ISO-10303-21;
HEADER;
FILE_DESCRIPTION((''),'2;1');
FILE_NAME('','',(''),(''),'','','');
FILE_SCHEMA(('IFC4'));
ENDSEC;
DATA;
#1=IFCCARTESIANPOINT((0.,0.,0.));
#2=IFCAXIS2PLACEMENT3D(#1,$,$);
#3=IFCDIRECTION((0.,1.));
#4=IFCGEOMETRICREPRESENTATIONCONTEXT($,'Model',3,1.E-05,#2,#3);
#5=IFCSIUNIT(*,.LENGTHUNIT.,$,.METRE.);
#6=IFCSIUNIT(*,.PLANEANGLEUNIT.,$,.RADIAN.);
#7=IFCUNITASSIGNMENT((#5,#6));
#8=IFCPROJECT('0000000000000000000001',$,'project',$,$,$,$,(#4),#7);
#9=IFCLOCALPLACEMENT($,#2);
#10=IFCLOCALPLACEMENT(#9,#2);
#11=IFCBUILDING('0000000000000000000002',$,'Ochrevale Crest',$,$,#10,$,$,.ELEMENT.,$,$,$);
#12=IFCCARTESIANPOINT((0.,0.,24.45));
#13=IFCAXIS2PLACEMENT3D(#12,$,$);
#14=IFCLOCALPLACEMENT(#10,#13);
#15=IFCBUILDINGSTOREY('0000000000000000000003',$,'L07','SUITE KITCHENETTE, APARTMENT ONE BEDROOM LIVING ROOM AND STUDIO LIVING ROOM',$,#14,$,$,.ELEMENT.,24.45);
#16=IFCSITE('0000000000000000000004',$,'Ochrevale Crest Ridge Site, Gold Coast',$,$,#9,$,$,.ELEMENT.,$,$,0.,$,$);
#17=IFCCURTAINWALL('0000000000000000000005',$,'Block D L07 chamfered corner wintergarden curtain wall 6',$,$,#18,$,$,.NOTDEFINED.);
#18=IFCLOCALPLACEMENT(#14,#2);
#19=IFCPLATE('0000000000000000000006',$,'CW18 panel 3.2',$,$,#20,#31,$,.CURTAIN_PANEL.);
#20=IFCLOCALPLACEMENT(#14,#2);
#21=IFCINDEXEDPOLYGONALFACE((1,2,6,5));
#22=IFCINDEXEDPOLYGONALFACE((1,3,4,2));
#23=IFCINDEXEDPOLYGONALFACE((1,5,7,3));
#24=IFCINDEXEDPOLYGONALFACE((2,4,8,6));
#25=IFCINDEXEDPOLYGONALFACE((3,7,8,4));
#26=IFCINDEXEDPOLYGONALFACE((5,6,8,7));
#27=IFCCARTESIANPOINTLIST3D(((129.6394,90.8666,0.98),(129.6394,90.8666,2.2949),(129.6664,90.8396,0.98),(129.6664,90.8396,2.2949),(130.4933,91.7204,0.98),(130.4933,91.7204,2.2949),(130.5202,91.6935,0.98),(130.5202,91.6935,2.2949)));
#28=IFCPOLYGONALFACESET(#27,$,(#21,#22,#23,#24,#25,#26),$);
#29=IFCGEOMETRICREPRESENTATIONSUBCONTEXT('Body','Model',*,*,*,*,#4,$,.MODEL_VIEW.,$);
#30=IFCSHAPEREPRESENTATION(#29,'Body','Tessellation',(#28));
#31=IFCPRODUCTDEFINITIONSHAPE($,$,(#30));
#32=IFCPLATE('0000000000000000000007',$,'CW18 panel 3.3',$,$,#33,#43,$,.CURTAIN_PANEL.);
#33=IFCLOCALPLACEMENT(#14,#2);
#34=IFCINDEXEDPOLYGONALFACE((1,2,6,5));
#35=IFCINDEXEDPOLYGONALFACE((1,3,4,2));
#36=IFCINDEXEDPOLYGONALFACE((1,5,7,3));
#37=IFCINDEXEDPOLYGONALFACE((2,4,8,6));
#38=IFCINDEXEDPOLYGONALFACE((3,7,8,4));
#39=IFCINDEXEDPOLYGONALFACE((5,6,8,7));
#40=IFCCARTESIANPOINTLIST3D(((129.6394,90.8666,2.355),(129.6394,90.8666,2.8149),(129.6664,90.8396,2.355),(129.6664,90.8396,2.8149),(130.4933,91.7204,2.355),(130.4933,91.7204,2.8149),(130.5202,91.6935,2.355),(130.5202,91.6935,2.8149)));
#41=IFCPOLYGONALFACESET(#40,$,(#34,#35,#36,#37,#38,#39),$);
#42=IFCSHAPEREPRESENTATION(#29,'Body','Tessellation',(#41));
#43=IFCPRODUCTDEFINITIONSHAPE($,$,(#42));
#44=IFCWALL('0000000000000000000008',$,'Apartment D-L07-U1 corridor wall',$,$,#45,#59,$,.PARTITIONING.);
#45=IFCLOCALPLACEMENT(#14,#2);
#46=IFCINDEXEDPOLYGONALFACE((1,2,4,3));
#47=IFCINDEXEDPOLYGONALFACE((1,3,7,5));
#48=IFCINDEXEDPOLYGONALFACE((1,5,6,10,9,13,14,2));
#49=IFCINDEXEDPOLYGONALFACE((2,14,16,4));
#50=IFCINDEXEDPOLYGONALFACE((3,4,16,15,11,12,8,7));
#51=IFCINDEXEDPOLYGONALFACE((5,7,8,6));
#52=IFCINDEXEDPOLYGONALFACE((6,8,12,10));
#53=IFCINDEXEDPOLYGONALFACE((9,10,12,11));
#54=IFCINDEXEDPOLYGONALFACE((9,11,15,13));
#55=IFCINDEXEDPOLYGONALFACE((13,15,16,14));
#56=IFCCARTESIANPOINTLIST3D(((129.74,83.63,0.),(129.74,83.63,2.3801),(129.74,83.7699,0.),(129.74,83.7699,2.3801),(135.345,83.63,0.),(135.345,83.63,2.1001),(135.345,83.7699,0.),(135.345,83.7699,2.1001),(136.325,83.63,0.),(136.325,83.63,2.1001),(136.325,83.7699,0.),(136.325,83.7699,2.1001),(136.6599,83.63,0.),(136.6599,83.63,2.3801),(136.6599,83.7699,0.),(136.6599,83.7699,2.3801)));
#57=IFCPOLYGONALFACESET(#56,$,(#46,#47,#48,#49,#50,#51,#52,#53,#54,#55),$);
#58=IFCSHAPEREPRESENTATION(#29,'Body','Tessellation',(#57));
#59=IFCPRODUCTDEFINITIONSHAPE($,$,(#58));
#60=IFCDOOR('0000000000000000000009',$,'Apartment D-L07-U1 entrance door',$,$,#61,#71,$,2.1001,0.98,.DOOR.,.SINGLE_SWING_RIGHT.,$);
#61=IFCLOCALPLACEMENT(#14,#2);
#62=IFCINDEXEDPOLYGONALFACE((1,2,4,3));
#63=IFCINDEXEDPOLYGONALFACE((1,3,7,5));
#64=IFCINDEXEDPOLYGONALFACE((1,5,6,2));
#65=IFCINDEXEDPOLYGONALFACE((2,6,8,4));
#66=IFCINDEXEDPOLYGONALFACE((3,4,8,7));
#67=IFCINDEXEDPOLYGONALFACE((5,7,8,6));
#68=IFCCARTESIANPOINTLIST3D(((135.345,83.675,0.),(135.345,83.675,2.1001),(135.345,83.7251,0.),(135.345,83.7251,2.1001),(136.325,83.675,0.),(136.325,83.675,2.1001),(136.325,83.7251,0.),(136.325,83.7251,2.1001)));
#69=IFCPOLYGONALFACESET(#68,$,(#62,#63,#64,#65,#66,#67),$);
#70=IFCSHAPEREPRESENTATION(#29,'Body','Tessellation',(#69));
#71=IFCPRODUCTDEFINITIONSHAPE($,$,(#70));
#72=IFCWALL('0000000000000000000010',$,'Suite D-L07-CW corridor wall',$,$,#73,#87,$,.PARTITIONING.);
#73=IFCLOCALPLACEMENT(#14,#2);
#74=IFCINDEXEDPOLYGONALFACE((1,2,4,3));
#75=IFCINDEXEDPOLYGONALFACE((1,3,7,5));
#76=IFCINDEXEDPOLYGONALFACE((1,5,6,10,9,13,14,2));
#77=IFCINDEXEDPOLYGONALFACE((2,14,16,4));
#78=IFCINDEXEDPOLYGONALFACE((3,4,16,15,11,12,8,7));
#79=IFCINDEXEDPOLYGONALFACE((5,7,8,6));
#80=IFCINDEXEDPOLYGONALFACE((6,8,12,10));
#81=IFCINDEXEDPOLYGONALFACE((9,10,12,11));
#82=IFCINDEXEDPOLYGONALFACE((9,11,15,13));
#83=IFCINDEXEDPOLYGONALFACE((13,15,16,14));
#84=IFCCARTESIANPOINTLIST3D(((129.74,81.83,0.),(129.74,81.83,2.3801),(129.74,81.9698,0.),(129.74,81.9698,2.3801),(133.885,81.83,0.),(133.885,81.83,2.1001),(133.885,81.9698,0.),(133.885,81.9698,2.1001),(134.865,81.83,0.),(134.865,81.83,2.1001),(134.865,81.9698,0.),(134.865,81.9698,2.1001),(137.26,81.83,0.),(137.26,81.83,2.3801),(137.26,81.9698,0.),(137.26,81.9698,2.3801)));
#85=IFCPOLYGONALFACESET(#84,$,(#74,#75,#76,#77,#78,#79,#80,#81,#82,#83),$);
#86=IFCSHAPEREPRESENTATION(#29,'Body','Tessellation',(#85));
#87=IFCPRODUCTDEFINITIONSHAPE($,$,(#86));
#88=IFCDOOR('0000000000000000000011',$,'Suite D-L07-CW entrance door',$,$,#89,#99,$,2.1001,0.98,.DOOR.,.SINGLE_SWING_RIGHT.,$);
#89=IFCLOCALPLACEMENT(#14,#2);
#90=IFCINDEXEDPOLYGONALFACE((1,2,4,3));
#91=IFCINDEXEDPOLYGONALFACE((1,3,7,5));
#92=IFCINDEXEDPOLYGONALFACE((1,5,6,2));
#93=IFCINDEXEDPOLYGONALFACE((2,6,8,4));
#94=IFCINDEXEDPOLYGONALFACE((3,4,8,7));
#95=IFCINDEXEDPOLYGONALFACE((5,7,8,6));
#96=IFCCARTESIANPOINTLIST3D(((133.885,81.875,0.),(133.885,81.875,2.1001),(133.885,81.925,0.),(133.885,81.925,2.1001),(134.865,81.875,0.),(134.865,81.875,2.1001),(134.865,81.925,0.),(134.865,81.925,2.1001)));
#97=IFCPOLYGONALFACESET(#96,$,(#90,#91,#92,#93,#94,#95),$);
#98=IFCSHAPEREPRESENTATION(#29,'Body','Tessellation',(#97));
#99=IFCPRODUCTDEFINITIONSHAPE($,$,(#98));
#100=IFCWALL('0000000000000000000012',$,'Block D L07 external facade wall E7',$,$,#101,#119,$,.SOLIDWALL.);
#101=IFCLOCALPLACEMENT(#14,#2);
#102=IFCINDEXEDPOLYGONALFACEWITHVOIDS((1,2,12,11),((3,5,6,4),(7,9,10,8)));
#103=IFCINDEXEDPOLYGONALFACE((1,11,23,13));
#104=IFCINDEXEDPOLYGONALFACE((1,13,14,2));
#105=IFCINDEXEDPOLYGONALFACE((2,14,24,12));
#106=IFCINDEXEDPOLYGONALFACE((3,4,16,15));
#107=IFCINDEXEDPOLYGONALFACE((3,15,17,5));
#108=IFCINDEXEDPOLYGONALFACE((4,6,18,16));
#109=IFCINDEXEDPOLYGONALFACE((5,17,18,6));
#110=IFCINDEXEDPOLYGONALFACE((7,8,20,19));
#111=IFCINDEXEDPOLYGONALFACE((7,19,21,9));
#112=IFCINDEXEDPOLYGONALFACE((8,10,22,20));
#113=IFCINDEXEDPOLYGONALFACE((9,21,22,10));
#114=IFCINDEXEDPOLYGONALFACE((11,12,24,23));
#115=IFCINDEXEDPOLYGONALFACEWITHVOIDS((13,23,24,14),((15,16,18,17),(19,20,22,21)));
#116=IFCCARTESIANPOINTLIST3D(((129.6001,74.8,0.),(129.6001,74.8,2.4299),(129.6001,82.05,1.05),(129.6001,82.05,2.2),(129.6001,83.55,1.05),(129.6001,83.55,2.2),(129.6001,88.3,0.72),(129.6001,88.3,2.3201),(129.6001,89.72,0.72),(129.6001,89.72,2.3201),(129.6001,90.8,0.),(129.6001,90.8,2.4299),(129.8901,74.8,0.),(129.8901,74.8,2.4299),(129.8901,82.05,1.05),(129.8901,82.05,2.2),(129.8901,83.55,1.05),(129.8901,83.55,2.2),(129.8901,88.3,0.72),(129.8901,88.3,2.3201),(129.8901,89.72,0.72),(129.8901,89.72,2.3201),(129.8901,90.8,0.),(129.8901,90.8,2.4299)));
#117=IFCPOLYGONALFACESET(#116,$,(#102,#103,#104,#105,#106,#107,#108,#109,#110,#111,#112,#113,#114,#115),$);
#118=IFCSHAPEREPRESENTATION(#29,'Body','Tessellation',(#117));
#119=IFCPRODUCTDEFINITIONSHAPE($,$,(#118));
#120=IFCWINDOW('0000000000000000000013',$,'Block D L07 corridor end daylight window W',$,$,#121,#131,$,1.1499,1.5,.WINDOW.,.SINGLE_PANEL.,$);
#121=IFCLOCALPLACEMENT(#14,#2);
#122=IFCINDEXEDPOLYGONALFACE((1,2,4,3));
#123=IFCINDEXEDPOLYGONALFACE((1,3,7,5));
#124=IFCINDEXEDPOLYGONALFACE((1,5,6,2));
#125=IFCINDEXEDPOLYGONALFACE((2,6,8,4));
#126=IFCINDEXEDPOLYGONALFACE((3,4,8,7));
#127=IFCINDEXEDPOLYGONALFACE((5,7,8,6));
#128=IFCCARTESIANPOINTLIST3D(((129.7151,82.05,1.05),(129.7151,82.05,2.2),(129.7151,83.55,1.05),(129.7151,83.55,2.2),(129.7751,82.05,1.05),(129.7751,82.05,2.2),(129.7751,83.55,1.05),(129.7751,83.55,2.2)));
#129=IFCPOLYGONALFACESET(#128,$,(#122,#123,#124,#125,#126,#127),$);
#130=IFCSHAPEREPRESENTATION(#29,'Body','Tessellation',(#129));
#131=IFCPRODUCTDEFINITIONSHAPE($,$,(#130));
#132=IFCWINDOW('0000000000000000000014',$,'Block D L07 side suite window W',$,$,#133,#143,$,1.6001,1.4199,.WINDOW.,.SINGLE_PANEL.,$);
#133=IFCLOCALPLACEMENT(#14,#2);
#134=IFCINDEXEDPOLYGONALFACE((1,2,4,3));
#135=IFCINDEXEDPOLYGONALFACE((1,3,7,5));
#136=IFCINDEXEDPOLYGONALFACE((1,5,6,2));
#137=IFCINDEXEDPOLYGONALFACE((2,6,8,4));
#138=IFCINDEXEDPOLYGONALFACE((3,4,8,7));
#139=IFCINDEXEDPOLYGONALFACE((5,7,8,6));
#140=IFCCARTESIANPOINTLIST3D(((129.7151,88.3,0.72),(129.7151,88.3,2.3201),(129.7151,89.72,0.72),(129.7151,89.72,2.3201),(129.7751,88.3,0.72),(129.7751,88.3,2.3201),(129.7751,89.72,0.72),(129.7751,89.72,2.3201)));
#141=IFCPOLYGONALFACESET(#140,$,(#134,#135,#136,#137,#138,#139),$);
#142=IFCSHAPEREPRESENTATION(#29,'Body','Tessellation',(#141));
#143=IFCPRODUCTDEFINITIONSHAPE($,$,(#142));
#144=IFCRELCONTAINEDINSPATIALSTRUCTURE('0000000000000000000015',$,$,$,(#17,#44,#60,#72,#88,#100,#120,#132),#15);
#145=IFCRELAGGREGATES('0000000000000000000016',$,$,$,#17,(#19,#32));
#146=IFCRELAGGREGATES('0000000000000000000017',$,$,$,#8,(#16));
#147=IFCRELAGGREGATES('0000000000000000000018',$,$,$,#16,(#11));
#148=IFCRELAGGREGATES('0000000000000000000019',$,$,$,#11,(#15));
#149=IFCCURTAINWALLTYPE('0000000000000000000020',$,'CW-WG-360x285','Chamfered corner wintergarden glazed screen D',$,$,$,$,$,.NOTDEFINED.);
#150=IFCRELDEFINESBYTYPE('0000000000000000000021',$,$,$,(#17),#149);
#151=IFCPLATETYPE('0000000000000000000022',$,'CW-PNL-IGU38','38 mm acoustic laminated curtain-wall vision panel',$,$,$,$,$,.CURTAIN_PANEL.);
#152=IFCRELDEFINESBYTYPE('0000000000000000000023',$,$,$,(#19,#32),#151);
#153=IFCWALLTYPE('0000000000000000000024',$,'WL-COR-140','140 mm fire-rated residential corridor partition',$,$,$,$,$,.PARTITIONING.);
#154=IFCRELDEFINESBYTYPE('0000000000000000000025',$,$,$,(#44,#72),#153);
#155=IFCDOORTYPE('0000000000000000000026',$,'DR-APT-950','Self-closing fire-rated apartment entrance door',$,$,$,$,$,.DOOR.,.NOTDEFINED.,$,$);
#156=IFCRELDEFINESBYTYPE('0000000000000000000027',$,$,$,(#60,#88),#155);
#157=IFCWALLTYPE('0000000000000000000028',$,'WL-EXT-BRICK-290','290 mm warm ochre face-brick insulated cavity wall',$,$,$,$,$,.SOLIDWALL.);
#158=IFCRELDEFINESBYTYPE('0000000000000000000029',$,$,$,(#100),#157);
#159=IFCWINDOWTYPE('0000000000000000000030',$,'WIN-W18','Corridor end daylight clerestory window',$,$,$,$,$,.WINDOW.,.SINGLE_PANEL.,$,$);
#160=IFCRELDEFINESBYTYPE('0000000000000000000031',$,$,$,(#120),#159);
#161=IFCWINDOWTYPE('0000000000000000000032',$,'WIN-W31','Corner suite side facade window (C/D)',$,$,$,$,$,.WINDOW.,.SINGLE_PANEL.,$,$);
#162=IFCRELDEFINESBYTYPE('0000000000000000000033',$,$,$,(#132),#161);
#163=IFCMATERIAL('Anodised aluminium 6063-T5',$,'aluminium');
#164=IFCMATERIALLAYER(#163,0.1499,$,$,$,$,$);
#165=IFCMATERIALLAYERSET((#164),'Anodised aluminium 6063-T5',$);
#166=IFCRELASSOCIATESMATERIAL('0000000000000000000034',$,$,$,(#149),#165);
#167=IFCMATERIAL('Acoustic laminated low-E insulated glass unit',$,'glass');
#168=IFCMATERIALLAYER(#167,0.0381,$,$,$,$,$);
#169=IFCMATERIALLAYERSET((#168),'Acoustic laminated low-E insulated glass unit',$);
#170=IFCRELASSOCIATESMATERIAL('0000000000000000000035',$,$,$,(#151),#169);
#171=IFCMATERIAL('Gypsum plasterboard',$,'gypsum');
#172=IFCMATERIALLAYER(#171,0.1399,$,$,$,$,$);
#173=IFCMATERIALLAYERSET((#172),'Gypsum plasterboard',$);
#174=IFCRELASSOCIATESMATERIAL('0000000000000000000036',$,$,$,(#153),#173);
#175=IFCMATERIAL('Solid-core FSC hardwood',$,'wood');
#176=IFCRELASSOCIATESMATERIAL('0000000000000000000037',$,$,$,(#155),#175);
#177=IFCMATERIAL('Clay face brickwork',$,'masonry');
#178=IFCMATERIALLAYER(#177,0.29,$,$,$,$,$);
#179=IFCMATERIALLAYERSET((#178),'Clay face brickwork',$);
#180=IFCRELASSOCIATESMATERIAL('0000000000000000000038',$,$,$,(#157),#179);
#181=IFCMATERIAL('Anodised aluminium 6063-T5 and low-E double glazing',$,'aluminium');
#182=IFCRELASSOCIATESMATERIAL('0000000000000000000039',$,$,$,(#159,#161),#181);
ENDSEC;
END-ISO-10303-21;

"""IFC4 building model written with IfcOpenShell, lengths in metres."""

from ifc_helpers import new_model, si_unit, direction, frame, frame_2d, origin, origin_2d, place, context, subcontext, project, spatial, rectangle, extrude, material, layer, layer_set, type_object, element, fill, aggregate, save


model = new_model("IFC4")

# Units and contexts
model_context = context("Model", 3, precision=1e-05, world=origin(), true_north=direction((0.0, 1.0)))
body_context = subcontext(model_context, "Body", "Model", "MODEL_VIEW")
ifc_project = project(units=[si_unit("LENGTHUNIT", "METRE"), si_unit("PLANEANGLEUNIT", "RADIAN")], contexts=[model_context])

# Site, building, storey
site_placement = place(None, origin())
site = spatial("IfcSite", under=ifc_project, at=site_placement, Name="Ochrevale Crest Ridge Site, Gold Coast", CompositionType="ELEMENT", RefElevation=0.0)
building_placement = place(site_placement, origin())
building = spatial("IfcBuilding", under=site, at=building_placement, Name="Ochrevale Crest", CompositionType="ELEMENT")
storey_placement = place(building_placement, frame((0.0, 0.0, 24.45)))
storey = spatial("IfcBuildingStorey", under=building, at=storey_placement, Name="L07", Description="SUITE KITCHENETTE, APARTMENT ONE BEDROOM LIVING ROOM AND STUDIO LIVING ROOM", CompositionType="ELEMENT", Elevation=24.45)

# Curtain wall
ifc_material_1 = material(Name="Anodised aluminium 6063-T5", Category="aluminium")
ifc_layer_1 = layer(ifc_material_1, 0.1499)
ifc_layer_set_1 = layer_set([ifc_layer_1], Name="Anodised aluminium 6063-T5")
curtain_wall_type_1 = type_object("IfcCurtainWallType", Name="CW-WG-360x285", Description="Chamfered corner wintergarden glazed screen D", PredefinedType="NOTDEFINED", material=ifc_layer_set_1)
curtain_wall_1_placement = place(storey_placement, origin())
curtain_wall_1 = element("IfcCurtainWall", 1, at=curtain_wall_1_placement, inside=storey, type_object=curtain_wall_type_1, Name="Block D L07 chamfered corner wintergarden curtain wall 6", PredefinedType="NOTDEFINED")

# Plates
ifc_material_2 = material(Name="Acoustic laminated low-E insulated glass unit", Category="glass")
ifc_layer_2 = layer(ifc_material_2, 0.0381)
ifc_layer_set_2 = layer_set([ifc_layer_2], Name="Acoustic laminated low-E insulated glass unit")
plate_type_1 = type_object("IfcPlateType", Name="CW-PNL-IGU38", Description="38 mm acoustic laminated curtain-wall vision panel", PredefinedType="CURTAIN_PANEL", material=ifc_layer_set_2)
plate_1_placement = place(storey_placement, frame((130.0798, 91.28, 0.98), z_axis=(0.0, 0.0, 1.0), x_axis=(-0.707107, -0.707107, 0.0)))
plate_1 = element("IfcPlate", 2, at=plate_1_placement, type_object=plate_type_1, Name="CW18 panel 3.2", PredefinedType="CURTAIN_PANEL", context=body_context, shape_type="SweptSolid", body=[
    extrude(rectangle(XDim=1.2075, YDim=0.0381, at=origin_2d()), origin(), (0.0, 0.0, 1.0), 1.3149),
])
plate_2_placement = place(storey_placement, frame((130.0798, 91.28, 2.355), z_axis=(0.0, 0.0, 1.0), x_axis=(-0.707107, -0.707107, 0.0)))
plate_2 = element("IfcPlate", 3, at=plate_2_placement, type_object=plate_type_1, Name="CW18 panel 3.3", PredefinedType="CURTAIN_PANEL", context=body_context, shape_type="SweptSolid", body=[
    extrude(rectangle(XDim=1.2075, YDim=0.0381, at=origin_2d()), origin(), (0.0, 0.0, 1.0), 0.46),
])
aggregate(curtain_wall_1, [plate_1, plate_2])

# Walls, openings, doors
ifc_material_3 = material(Name="Gypsum plasterboard", Category="gypsum")
ifc_layer_3 = layer(ifc_material_3, 0.1399)
ifc_layer_set_3 = layer_set([ifc_layer_3], Name="Gypsum plasterboard")
wall_type_1 = type_object("IfcWallType", Name="WL-COR-140", Description="140 mm fire-rated residential corridor partition", PredefinedType="PARTITIONING", material=ifc_layer_set_3)
wall_1_placement = place(storey_placement, frame((129.74, 83.7, 0.0), z_axis=(0.0, 0.0, 1.0), x_axis=(1.0, 0.0, 0.0)))
wall_1 = element("IfcWall", 4, at=wall_1_placement, inside=storey, type_object=wall_type_1, Name="Apartment D-L07-U1 corridor wall", PredefinedType="PARTITIONING", context=body_context, shape_type="SweptSolid", body=[
    extrude(rectangle(XDim=6.9199, YDim=0.1399, at=frame_2d((3.46, 0.0))), origin(), (0.0, 0.0, 1.0), 2.3801),
])
opening_1_placement = place(wall_1_placement, frame((6.585, 0.0, 0.0), z_axis=(0.0, 0.0, 1.0), x_axis=(-1.0, 0.0, 0.0)))
opening_1 = element("IfcOpeningElement", 5, at=opening_1_placement, cuts=wall_1, PredefinedType="OPENING", context=body_context, shape_type="SweptSolid", body=[
    extrude(rectangle(XDim=0.98, YDim=2.1001, at=frame_2d((0.49, 1.05))), frame((0.0, 0.0801, 0.0), z_axis=(0.0, -1.0, 0.0), x_axis=(1.0, 0.0, 0.0)), (0.0, 0.0, 1.0), 0.1599),
])
ifc_material_4 = material(Name="Solid-core FSC hardwood", Category="wood")
door_type_1 = type_object("IfcDoorType", Name="DR-APT-950", Description="Self-closing fire-rated apartment entrance door", OperationType="NOTDEFINED", PredefinedType="DOOR", material=ifc_material_4)
door_1_placement = place(opening_1_placement, origin())
door_1 = element("IfcDoor", 6, at=door_1_placement, inside=storey, type_object=door_type_1, Name="Apartment D-L07-U1 entrance door", OperationType="SINGLE_SWING_RIGHT", OverallHeight=2.1001, OverallWidth=0.98, PredefinedType="DOOR", context=body_context, shape_type="SweptSolid", body=[
    extrude(rectangle(XDim=0.98, YDim=2.1001, at=frame_2d((0.49, 1.05))), frame((0.0, 0.0249, 0.0), z_axis=(0.0, -1.0, 0.0), x_axis=(1.0, 0.0, 0.0)), (0.0, 0.0, 1.0), 0.05),
])
fill(opening_1, door_1)
wall_2_placement = place(storey_placement, frame((129.74, 81.8999, 0.0), z_axis=(0.0, 0.0, 1.0), x_axis=(1.0, 0.0, 0.0)))
wall_2 = element("IfcWall", 7, at=wall_2_placement, inside=storey, type_object=wall_type_1, Name="Suite D-L07-CW corridor wall", PredefinedType="PARTITIONING", context=body_context, shape_type="SweptSolid", body=[
    extrude(rectangle(XDim=7.52, YDim=0.1399, at=frame_2d((3.76, 0.0))), origin(), (0.0, 0.0, 1.0), 2.3801),
])
opening_2_placement = place(wall_2_placement, frame((5.125, 0.0, 0.0), z_axis=(0.0, 0.0, 1.0), x_axis=(-1.0, 0.0, 0.0)))
opening_2 = element("IfcOpeningElement", 8, at=opening_2_placement, cuts=wall_2, PredefinedType="OPENING", context=body_context, shape_type="SweptSolid", body=[
    extrude(rectangle(XDim=0.98, YDim=2.1001, at=frame_2d((0.49, 1.05))), frame((0.0, 0.0801, 0.0), z_axis=(0.0, -1.0, 0.0), x_axis=(1.0, 0.0, 0.0)), (0.0, 0.0, 1.0), 0.1599),
])
door_2_placement = place(opening_2_placement, origin())
door_2 = element("IfcDoor", 9, at=door_2_placement, inside=storey, type_object=door_type_1, Name="Suite D-L07-CW entrance door", OperationType="SINGLE_SWING_RIGHT", OverallHeight=2.1001, OverallWidth=0.98, PredefinedType="DOOR", context=body_context, shape_type="SweptSolid", body=[
    extrude(rectangle(XDim=0.98, YDim=2.1001, at=frame_2d((0.49, 1.05))), frame((0.0, 0.0249, 0.0), z_axis=(0.0, -1.0, 0.0), x_axis=(1.0, 0.0, 0.0)), (0.0, 0.0, 1.0), 0.05),
])
fill(opening_2, door_2)

# Wall, openings, windows
ifc_material_5 = material(Name="Clay face brickwork", Category="masonry")
ifc_layer_4 = layer(ifc_material_5, 0.29)
ifc_layer_set_4 = layer_set([ifc_layer_4], Name="Clay face brickwork")
wall_type_2 = type_object("IfcWallType", Name="WL-EXT-BRICK-290", Description="290 mm warm ochre face-brick insulated cavity wall", PredefinedType="SOLIDWALL", material=ifc_layer_set_4)
wall_3_placement = place(storey_placement, frame((129.7451, 90.8, 0.0), z_axis=(0.0, 0.0, 1.0), x_axis=(0.0, -1.0, 0.0)))
wall_3 = element("IfcWall", 10, at=wall_3_placement, inside=storey, type_object=wall_type_2, Name="Block D L07 external facade wall E7", PredefinedType="SOLIDWALL", context=body_context, shape_type="SweptSolid", body=[
    extrude(rectangle(XDim=16.0, YDim=0.29, at=frame_2d((8.0, 0.0))), origin(), (0.0, 0.0, 1.0), 2.4299),
])
opening_3_placement = place(wall_3_placement, frame((7.25, 0.0, 1.05)))
opening_3 = element("IfcOpeningElement", 11, at=opening_3_placement, cuts=wall_3, PredefinedType="OPENING", context=body_context, shape_type="SweptSolid", body=[
    extrude(rectangle(XDim=1.5, YDim=1.1499, at=frame_2d((0.75, 0.575))), frame((0.0, 0.155, 0.0), z_axis=(0.0, -1.0, 0.0), x_axis=(1.0, 0.0, 0.0)), (0.0, 0.0, 1.0), 0.3101),
])
opening_4_placement = place(wall_3_placement, frame((1.0801, 0.0, 0.72)))
opening_4 = element("IfcOpeningElement", 12, at=opening_4_placement, cuts=wall_3, PredefinedType="OPENING", context=body_context, shape_type="SweptSolid", body=[
    extrude(rectangle(XDim=1.4199, YDim=1.6001, at=frame_2d((0.71, 0.8))), frame((0.0, 0.155, 0.0), z_axis=(0.0, -1.0, 0.0), x_axis=(1.0, 0.0, 0.0)), (0.0, 0.0, 1.0), 0.3101),
])
ifc_material_6 = material(Name="Anodised aluminium 6063-T5 and low-E double glazing", Category="aluminium")
window_type_1 = type_object("IfcWindowType", Name="WIN-W18", Description="Corridor end daylight clerestory window", PartitioningType="SINGLE_PANEL", PredefinedType="WINDOW", material=ifc_material_6)
window_1_placement = place(opening_3_placement, origin())
window_1 = element("IfcWindow", 13, at=window_1_placement, inside=storey, type_object=window_type_1, Name="Block D L07 corridor end daylight window W", OverallHeight=1.1499, OverallWidth=1.5, PartitioningType="SINGLE_PANEL", PredefinedType="WINDOW", context=body_context, shape_type="SweptSolid", body=[
    extrude(rectangle(XDim=1.5, YDim=1.1499, at=frame_2d((0.75, 0.575))), frame((0.0, 0.03, 0.0), z_axis=(0.0, -1.0, 0.0), x_axis=(1.0, 0.0, 0.0)), (0.0, 0.0, 1.0), 0.0601),
])
fill(opening_3, window_1)
window_type_2 = type_object("IfcWindowType", Name="WIN-W31", Description="Corner suite side facade window (C/D)", PartitioningType="SINGLE_PANEL", PredefinedType="WINDOW", material=ifc_material_6)
window_2_placement = place(opening_4_placement, origin())
window_2 = element("IfcWindow", 14, at=window_2_placement, inside=storey, type_object=window_type_2, Name="Block D L07 side suite window W", OverallHeight=1.6001, OverallWidth=1.4199, PartitioningType="SINGLE_PANEL", PredefinedType="WINDOW", context=body_context, shape_type="SweptSolid", body=[
    extrude(rectangle(XDim=1.4199, YDim=1.6001, at=frame_2d((0.71, 0.8))), frame((0.0, 0.03, 0.0), z_axis=(0.0, -1.0, 0.0), x_axis=(1.0, 0.0, 0.0)), (0.0, 0.0, 1.0), 0.0601),
])
fill(opening_4, window_2)

save(model, "model.ifc")
